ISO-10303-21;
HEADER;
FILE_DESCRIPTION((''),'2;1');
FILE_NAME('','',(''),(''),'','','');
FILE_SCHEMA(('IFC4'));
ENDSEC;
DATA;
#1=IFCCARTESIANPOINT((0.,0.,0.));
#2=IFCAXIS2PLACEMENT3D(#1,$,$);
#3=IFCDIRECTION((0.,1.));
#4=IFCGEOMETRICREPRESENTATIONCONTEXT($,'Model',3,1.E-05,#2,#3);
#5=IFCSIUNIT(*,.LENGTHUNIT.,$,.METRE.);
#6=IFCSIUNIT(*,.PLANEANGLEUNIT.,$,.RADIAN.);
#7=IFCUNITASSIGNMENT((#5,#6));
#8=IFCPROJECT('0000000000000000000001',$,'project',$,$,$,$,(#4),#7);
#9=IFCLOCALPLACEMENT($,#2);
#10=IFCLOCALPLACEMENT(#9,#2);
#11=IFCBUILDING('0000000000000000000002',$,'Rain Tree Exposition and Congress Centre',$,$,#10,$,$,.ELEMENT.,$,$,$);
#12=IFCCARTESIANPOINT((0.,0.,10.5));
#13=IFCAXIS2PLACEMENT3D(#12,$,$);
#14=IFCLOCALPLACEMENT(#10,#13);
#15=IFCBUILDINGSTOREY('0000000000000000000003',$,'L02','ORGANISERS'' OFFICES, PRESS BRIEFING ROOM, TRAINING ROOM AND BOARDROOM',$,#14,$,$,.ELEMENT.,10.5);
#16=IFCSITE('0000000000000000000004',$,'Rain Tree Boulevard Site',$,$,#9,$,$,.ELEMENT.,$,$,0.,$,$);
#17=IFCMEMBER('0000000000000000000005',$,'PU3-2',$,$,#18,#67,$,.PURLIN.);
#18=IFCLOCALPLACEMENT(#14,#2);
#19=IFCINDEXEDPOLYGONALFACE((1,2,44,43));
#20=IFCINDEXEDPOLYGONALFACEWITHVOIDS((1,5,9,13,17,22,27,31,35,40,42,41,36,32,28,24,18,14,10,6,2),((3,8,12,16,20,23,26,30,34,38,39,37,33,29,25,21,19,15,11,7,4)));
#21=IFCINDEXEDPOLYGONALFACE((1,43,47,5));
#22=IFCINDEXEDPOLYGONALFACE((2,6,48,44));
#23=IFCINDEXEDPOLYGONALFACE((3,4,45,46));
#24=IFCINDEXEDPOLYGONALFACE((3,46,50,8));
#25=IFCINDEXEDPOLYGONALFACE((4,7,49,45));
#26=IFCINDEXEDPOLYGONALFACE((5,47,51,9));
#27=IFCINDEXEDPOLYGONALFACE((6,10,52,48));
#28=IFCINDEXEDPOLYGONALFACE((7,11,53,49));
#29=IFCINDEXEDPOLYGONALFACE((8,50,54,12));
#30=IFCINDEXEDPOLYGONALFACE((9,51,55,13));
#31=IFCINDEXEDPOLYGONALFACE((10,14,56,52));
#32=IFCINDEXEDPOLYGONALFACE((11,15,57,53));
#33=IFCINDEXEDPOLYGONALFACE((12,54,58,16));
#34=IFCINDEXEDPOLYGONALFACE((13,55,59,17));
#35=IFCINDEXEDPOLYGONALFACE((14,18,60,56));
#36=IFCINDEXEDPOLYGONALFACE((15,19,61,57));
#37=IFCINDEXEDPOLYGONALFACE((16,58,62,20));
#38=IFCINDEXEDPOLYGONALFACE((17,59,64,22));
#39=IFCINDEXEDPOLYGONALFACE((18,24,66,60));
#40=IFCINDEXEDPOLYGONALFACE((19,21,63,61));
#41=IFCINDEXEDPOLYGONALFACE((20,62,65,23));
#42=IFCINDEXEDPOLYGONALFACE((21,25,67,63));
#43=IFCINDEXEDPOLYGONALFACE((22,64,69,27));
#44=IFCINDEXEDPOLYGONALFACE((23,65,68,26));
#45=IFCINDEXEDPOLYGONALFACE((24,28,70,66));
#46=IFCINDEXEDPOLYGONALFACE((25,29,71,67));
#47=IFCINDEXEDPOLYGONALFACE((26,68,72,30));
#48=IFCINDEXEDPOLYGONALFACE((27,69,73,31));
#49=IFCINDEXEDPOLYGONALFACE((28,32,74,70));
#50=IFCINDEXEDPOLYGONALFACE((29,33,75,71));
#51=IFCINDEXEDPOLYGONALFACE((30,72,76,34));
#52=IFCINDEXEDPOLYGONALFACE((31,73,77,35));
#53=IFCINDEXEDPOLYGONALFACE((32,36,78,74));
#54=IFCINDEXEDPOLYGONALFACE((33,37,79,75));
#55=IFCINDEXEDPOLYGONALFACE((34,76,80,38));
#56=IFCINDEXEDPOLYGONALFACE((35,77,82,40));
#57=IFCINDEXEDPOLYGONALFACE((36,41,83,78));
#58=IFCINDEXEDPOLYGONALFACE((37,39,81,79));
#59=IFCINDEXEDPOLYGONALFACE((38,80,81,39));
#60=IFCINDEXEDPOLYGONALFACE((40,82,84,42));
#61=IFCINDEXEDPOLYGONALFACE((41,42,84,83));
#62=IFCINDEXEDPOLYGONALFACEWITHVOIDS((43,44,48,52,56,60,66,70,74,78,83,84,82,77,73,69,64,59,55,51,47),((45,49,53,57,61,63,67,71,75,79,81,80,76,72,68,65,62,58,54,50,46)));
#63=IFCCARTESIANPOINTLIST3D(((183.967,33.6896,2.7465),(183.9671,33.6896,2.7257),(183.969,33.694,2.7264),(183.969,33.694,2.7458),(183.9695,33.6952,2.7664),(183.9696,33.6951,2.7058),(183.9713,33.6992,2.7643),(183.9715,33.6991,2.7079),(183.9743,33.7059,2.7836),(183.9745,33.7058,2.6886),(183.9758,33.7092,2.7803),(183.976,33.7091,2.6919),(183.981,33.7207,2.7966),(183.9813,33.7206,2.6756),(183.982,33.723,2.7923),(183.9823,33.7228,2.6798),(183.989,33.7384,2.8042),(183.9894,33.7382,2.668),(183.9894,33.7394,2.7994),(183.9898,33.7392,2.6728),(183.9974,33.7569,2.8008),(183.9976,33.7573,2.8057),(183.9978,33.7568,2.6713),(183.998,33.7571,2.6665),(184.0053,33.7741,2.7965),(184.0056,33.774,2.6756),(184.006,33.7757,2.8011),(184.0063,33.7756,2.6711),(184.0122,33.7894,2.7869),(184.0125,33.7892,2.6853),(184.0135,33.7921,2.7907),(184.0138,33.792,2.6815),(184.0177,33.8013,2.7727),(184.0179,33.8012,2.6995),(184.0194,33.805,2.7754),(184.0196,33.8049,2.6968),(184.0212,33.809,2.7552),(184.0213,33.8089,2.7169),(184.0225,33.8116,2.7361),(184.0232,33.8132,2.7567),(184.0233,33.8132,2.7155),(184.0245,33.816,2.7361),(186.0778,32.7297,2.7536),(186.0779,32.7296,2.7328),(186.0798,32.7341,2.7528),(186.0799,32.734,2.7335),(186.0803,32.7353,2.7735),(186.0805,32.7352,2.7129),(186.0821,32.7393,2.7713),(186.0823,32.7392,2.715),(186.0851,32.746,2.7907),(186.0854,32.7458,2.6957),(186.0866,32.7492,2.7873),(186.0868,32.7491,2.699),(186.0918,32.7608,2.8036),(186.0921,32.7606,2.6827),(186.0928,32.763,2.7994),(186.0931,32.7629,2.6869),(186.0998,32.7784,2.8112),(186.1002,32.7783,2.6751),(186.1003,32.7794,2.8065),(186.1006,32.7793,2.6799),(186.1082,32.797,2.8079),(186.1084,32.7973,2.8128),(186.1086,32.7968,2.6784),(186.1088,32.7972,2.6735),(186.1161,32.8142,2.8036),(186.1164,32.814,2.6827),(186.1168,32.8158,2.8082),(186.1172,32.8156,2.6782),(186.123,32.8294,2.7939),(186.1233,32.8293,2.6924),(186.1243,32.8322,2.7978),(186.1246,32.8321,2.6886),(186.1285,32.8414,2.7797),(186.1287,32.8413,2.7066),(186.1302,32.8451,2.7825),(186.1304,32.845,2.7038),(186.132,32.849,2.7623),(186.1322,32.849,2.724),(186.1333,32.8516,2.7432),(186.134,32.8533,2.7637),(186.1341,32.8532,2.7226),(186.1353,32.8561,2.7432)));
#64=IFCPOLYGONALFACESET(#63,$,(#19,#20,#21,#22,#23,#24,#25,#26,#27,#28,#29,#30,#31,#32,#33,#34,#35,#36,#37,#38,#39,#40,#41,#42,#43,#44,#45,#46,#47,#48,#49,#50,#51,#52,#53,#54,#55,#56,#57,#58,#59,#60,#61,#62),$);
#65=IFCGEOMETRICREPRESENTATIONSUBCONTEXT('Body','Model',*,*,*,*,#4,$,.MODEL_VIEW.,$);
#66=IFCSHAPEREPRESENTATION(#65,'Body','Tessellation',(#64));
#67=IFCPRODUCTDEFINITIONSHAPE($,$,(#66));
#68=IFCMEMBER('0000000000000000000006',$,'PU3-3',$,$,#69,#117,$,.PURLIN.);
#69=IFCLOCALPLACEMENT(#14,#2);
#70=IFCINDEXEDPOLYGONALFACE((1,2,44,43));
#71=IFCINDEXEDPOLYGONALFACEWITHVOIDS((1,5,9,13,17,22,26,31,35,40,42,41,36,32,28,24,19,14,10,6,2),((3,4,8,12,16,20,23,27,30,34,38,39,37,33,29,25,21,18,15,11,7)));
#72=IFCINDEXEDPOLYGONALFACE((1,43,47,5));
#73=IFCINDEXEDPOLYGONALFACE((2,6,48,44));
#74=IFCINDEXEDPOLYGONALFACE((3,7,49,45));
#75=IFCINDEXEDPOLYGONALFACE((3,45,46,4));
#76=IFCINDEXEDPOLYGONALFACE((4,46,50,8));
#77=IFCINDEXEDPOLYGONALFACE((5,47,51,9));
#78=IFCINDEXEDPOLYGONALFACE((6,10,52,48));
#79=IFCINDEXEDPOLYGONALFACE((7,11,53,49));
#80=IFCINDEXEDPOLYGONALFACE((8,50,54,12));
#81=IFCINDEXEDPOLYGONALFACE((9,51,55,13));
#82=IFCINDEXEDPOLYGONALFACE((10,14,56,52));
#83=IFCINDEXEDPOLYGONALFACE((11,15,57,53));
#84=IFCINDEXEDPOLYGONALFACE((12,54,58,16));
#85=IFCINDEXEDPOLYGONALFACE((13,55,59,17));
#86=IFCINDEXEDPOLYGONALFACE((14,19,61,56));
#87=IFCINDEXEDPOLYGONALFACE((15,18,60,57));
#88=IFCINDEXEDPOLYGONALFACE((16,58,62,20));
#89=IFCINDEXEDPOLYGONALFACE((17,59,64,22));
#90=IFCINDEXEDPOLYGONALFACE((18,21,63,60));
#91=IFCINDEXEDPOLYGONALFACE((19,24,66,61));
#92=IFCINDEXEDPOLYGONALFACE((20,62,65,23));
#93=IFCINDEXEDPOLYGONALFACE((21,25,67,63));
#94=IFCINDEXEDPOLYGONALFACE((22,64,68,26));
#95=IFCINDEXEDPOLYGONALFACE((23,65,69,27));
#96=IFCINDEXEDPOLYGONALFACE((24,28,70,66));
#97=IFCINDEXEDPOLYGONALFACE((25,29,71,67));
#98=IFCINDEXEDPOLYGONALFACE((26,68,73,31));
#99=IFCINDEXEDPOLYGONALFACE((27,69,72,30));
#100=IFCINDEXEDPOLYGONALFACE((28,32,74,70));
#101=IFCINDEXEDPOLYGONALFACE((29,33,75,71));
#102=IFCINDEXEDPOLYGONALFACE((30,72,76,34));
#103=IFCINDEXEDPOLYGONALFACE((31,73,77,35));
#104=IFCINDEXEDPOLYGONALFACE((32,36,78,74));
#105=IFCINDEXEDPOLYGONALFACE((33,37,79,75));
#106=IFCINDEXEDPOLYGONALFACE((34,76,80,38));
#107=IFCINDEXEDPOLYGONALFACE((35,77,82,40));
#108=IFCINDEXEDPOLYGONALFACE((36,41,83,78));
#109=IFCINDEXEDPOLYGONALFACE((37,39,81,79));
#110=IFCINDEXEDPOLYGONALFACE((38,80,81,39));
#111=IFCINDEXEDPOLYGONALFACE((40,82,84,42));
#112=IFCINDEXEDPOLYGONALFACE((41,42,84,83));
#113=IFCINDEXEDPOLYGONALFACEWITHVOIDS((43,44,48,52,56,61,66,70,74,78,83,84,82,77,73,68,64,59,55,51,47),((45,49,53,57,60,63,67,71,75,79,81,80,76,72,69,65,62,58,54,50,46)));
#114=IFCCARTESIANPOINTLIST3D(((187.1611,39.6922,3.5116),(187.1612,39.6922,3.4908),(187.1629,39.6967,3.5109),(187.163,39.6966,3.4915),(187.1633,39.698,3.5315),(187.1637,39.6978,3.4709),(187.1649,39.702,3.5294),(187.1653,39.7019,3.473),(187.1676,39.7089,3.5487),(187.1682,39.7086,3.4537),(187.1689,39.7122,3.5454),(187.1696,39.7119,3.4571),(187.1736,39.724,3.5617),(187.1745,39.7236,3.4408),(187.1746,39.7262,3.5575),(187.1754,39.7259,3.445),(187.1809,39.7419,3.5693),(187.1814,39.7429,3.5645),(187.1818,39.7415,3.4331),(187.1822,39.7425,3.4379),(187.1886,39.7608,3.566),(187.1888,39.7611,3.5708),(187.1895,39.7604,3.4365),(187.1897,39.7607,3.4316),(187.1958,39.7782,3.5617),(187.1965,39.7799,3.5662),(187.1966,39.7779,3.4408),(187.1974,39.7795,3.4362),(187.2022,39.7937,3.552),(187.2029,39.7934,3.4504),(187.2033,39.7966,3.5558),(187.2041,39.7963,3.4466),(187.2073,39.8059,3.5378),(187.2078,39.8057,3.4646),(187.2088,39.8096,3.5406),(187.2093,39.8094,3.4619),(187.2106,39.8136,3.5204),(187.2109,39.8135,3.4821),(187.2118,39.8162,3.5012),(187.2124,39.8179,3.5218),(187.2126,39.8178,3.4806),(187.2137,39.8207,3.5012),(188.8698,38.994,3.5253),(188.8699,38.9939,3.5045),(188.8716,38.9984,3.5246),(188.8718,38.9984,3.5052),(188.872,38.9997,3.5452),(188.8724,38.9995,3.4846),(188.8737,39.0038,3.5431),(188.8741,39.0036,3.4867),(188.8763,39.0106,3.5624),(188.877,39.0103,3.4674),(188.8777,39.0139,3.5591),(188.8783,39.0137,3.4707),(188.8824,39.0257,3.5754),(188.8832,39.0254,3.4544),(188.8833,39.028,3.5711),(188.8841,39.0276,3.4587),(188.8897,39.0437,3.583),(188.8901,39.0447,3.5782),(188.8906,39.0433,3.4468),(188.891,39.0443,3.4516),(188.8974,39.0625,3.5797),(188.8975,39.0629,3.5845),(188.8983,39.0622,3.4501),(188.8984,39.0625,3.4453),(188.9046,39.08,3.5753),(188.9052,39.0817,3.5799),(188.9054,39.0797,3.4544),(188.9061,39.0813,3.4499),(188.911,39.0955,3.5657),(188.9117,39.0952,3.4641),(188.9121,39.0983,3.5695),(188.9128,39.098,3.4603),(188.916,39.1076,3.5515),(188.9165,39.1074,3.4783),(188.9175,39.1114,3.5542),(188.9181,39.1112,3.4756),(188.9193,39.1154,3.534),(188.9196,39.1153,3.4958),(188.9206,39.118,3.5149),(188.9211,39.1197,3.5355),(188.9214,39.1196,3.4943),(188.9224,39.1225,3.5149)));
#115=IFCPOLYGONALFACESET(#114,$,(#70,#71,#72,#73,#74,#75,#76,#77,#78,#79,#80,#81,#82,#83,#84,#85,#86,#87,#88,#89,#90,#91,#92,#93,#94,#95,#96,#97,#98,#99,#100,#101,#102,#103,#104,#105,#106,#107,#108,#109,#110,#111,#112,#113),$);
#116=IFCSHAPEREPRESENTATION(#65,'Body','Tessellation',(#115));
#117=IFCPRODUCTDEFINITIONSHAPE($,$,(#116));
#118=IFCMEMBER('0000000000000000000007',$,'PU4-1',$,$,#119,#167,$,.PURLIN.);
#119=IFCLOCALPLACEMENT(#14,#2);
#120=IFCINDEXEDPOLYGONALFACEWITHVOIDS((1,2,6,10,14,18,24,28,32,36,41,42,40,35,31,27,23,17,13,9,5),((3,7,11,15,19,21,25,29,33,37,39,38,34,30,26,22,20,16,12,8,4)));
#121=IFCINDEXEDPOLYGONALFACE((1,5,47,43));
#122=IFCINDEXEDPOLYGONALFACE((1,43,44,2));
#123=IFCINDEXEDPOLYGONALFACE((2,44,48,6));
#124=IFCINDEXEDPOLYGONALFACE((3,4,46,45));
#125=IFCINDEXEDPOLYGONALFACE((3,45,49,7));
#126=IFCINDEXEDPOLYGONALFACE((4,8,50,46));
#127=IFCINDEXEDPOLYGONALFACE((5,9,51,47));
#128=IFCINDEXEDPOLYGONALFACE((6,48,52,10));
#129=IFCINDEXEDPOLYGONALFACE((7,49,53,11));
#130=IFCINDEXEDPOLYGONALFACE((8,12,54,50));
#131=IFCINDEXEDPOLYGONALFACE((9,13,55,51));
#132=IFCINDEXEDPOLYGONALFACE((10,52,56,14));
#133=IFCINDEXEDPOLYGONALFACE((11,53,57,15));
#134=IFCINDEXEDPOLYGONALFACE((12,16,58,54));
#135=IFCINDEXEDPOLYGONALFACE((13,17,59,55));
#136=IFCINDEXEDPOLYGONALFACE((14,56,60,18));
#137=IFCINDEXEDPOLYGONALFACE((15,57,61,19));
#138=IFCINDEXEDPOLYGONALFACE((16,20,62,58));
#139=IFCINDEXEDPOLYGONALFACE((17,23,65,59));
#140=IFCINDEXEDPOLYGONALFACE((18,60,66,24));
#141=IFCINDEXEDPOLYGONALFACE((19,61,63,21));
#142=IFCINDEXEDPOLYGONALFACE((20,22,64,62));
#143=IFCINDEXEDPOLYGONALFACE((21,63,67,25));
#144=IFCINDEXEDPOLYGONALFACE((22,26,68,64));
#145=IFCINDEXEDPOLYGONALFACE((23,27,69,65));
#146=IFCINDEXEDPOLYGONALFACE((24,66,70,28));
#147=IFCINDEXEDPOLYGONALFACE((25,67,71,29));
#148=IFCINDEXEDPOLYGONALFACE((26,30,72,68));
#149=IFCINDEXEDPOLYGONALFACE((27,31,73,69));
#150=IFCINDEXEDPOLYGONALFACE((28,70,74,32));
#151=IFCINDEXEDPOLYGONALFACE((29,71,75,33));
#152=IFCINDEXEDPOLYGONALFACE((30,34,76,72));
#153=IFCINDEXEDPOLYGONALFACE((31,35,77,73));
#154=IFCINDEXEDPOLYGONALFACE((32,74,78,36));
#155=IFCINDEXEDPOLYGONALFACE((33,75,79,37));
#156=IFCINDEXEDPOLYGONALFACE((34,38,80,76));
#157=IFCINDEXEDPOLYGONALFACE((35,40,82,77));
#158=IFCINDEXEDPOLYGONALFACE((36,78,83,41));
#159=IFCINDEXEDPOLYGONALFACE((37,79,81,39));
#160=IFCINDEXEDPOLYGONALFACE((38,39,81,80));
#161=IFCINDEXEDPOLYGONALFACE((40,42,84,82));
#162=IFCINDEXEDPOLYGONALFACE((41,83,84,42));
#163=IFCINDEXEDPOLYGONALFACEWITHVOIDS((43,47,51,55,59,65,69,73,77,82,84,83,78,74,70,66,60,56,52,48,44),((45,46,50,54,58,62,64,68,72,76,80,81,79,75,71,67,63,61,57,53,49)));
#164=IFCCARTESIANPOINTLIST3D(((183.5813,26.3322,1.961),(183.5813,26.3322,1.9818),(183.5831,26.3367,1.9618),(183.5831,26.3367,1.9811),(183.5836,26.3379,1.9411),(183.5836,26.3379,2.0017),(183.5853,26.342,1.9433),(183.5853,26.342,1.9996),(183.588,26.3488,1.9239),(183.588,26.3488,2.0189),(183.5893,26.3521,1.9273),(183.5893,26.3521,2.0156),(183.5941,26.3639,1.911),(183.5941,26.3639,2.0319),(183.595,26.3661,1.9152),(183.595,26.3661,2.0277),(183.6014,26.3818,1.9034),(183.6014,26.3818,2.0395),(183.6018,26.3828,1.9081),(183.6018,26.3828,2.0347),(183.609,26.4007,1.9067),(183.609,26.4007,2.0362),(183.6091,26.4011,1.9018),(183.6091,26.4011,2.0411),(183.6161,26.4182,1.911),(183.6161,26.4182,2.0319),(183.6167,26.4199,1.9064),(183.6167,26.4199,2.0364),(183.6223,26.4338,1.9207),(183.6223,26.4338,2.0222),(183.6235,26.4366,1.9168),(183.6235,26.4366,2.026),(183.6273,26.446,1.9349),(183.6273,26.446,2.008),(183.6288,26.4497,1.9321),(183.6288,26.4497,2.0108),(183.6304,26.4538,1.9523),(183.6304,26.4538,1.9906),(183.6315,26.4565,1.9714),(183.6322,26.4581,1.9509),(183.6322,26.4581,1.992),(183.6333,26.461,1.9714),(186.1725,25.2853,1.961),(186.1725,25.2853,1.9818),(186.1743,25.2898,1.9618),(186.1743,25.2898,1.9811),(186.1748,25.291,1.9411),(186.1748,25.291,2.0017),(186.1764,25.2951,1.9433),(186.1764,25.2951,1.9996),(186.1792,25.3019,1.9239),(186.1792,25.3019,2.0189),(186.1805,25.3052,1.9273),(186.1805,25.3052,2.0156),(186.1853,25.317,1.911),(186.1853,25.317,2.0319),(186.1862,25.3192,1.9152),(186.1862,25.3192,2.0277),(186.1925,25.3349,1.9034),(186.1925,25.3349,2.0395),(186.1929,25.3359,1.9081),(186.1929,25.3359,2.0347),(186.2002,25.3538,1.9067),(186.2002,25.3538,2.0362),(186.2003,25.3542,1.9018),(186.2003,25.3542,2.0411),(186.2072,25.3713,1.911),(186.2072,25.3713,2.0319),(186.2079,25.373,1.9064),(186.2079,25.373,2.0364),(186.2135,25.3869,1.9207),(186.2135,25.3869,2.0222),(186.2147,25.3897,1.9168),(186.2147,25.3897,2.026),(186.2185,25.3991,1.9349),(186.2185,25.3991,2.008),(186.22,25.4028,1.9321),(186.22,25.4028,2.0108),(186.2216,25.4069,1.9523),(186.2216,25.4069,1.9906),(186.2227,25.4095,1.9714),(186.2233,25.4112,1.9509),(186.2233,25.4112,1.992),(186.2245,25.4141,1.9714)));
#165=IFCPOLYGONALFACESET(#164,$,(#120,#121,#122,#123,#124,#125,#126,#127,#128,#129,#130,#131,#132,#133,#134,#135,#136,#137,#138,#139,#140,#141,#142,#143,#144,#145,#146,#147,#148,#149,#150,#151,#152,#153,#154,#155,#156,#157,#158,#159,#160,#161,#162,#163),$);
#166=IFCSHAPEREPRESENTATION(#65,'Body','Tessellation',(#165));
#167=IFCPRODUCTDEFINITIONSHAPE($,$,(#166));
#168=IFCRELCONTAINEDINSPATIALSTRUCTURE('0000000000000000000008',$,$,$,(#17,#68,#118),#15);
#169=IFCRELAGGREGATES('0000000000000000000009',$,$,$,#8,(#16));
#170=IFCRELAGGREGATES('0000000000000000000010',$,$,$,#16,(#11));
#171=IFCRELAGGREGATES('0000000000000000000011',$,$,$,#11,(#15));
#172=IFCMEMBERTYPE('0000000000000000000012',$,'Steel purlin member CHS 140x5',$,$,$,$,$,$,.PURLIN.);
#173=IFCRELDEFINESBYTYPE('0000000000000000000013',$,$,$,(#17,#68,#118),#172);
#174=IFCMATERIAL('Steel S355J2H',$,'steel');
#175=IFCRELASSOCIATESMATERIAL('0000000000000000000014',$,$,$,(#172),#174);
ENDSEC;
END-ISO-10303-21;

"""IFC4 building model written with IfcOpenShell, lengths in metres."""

from ifc_helpers import new_model, si_unit, direction, frame, origin, origin_2d, place, context, subcontext, project, spatial, hollow_circle, extrude, material, material_profile, profile_set, type_object, element, save


model = new_model("IFC4")

# Units and contexts
model_context = context("Model", 3, precision=1e-05, world=origin(), true_north=direction((0.0, 1.0)))
body_context = subcontext(model_context, "Body", "Model", "MODEL_VIEW")
ifc_project = project(units=[si_unit("LENGTHUNIT", "METRE"), si_unit("PLANEANGLEUNIT", "RADIAN")], contexts=[model_context])

# Site, building, storey
site_placement = place(None, origin())
site = spatial("IfcSite", under=ifc_project, at=site_placement, Name="Rain Tree Boulevard Site", CompositionType="ELEMENT", RefElevation=0.0)
building_placement = place(site_placement, origin())
building = spatial("IfcBuilding", under=site, at=building_placement, Name="Rain Tree Exposition and Congress Centre", CompositionType="ELEMENT")
storey_placement = place(building_placement, frame((0.0, 0.0, 10.5)))
storey = spatial("IfcBuildingStorey", under=building, at=storey_placement, Name="L02", Description="ORGANISERS' OFFICES, PRESS BRIEFING ROOM, TRAINING ROOM AND BOARDROOM", CompositionType="ELEMENT", Elevation=10.5)

# Members
ifc_material_1 = material(Name="Steel S355J2H", Category="steel")
ifc_material_profile_1 = material_profile(ifc_material_1, hollow_circle(Radius=0.0698, WallThickness=0.0049, at=origin_2d()), Name="CHS 140x5")
ifc_profile_set_1 = profile_set([ifc_material_profile_1], Name="Steel S355J2H")
member_type_1 = type_object("IfcMemberType", Name="Steel purlin member CHS 140x5", PredefinedType="PURLIN", material=ifc_profile_set_1)
member_1_placement = place(storey_placement, frame((183.9956, 33.7524, 2.7361), z_axis=(0.910283, -0.413976, 0.003053), x_axis=(0.413977, 0.910287, 0.0)))
element("IfcMember", 1, at=member_1_placement, inside=storey, type_object=member_type_1, Name="PU3-2", PredefinedType="PURLIN", context=body_context, shape_type="SweptSolid", body=[
    extrude(hollow_circle(Radius=0.0698, WallThickness=0.0049, at=origin_2d()), origin(), (0.0, 0.0, 1.0), 2.3188),
])
member_2_placement = place(storey_placement, frame((187.1873, 39.7561, 3.5012), z_axis=(0.925671, -0.378257, 0.007406), x_axis=(0.378267, 0.925696, 0.0)))
element("IfcMember", 2, at=member_2_placement, inside=storey, type_object=member_type_1, Name="PU3-3", PredefinedType="PURLIN", context=body_context, shape_type="SweptSolid", body=[
    extrude(hollow_circle(Radius=0.0698, WallThickness=0.0049, at=origin_2d()), origin(), (0.0, 0.0, 1.0), 1.8459),
])
member_3_placement = place(storey_placement, frame((183.6072, 26.3962, 1.9714), z_axis=(0.927182, -0.374612, 0.0), x_axis=(0.374612, 0.927182, 0.0)))
element("IfcMember", 3, at=member_3_placement, inside=storey, type_object=member_type_1, Name="PU4-1", PredefinedType="PURLIN", context=body_context, shape_type="SweptSolid", body=[
    extrude(hollow_circle(Radius=0.0698, WallThickness=0.0049, at=origin_2d()), origin(), (0.0, 0.0, 1.0), 2.7947),
])

save(model, "model.ifc")
